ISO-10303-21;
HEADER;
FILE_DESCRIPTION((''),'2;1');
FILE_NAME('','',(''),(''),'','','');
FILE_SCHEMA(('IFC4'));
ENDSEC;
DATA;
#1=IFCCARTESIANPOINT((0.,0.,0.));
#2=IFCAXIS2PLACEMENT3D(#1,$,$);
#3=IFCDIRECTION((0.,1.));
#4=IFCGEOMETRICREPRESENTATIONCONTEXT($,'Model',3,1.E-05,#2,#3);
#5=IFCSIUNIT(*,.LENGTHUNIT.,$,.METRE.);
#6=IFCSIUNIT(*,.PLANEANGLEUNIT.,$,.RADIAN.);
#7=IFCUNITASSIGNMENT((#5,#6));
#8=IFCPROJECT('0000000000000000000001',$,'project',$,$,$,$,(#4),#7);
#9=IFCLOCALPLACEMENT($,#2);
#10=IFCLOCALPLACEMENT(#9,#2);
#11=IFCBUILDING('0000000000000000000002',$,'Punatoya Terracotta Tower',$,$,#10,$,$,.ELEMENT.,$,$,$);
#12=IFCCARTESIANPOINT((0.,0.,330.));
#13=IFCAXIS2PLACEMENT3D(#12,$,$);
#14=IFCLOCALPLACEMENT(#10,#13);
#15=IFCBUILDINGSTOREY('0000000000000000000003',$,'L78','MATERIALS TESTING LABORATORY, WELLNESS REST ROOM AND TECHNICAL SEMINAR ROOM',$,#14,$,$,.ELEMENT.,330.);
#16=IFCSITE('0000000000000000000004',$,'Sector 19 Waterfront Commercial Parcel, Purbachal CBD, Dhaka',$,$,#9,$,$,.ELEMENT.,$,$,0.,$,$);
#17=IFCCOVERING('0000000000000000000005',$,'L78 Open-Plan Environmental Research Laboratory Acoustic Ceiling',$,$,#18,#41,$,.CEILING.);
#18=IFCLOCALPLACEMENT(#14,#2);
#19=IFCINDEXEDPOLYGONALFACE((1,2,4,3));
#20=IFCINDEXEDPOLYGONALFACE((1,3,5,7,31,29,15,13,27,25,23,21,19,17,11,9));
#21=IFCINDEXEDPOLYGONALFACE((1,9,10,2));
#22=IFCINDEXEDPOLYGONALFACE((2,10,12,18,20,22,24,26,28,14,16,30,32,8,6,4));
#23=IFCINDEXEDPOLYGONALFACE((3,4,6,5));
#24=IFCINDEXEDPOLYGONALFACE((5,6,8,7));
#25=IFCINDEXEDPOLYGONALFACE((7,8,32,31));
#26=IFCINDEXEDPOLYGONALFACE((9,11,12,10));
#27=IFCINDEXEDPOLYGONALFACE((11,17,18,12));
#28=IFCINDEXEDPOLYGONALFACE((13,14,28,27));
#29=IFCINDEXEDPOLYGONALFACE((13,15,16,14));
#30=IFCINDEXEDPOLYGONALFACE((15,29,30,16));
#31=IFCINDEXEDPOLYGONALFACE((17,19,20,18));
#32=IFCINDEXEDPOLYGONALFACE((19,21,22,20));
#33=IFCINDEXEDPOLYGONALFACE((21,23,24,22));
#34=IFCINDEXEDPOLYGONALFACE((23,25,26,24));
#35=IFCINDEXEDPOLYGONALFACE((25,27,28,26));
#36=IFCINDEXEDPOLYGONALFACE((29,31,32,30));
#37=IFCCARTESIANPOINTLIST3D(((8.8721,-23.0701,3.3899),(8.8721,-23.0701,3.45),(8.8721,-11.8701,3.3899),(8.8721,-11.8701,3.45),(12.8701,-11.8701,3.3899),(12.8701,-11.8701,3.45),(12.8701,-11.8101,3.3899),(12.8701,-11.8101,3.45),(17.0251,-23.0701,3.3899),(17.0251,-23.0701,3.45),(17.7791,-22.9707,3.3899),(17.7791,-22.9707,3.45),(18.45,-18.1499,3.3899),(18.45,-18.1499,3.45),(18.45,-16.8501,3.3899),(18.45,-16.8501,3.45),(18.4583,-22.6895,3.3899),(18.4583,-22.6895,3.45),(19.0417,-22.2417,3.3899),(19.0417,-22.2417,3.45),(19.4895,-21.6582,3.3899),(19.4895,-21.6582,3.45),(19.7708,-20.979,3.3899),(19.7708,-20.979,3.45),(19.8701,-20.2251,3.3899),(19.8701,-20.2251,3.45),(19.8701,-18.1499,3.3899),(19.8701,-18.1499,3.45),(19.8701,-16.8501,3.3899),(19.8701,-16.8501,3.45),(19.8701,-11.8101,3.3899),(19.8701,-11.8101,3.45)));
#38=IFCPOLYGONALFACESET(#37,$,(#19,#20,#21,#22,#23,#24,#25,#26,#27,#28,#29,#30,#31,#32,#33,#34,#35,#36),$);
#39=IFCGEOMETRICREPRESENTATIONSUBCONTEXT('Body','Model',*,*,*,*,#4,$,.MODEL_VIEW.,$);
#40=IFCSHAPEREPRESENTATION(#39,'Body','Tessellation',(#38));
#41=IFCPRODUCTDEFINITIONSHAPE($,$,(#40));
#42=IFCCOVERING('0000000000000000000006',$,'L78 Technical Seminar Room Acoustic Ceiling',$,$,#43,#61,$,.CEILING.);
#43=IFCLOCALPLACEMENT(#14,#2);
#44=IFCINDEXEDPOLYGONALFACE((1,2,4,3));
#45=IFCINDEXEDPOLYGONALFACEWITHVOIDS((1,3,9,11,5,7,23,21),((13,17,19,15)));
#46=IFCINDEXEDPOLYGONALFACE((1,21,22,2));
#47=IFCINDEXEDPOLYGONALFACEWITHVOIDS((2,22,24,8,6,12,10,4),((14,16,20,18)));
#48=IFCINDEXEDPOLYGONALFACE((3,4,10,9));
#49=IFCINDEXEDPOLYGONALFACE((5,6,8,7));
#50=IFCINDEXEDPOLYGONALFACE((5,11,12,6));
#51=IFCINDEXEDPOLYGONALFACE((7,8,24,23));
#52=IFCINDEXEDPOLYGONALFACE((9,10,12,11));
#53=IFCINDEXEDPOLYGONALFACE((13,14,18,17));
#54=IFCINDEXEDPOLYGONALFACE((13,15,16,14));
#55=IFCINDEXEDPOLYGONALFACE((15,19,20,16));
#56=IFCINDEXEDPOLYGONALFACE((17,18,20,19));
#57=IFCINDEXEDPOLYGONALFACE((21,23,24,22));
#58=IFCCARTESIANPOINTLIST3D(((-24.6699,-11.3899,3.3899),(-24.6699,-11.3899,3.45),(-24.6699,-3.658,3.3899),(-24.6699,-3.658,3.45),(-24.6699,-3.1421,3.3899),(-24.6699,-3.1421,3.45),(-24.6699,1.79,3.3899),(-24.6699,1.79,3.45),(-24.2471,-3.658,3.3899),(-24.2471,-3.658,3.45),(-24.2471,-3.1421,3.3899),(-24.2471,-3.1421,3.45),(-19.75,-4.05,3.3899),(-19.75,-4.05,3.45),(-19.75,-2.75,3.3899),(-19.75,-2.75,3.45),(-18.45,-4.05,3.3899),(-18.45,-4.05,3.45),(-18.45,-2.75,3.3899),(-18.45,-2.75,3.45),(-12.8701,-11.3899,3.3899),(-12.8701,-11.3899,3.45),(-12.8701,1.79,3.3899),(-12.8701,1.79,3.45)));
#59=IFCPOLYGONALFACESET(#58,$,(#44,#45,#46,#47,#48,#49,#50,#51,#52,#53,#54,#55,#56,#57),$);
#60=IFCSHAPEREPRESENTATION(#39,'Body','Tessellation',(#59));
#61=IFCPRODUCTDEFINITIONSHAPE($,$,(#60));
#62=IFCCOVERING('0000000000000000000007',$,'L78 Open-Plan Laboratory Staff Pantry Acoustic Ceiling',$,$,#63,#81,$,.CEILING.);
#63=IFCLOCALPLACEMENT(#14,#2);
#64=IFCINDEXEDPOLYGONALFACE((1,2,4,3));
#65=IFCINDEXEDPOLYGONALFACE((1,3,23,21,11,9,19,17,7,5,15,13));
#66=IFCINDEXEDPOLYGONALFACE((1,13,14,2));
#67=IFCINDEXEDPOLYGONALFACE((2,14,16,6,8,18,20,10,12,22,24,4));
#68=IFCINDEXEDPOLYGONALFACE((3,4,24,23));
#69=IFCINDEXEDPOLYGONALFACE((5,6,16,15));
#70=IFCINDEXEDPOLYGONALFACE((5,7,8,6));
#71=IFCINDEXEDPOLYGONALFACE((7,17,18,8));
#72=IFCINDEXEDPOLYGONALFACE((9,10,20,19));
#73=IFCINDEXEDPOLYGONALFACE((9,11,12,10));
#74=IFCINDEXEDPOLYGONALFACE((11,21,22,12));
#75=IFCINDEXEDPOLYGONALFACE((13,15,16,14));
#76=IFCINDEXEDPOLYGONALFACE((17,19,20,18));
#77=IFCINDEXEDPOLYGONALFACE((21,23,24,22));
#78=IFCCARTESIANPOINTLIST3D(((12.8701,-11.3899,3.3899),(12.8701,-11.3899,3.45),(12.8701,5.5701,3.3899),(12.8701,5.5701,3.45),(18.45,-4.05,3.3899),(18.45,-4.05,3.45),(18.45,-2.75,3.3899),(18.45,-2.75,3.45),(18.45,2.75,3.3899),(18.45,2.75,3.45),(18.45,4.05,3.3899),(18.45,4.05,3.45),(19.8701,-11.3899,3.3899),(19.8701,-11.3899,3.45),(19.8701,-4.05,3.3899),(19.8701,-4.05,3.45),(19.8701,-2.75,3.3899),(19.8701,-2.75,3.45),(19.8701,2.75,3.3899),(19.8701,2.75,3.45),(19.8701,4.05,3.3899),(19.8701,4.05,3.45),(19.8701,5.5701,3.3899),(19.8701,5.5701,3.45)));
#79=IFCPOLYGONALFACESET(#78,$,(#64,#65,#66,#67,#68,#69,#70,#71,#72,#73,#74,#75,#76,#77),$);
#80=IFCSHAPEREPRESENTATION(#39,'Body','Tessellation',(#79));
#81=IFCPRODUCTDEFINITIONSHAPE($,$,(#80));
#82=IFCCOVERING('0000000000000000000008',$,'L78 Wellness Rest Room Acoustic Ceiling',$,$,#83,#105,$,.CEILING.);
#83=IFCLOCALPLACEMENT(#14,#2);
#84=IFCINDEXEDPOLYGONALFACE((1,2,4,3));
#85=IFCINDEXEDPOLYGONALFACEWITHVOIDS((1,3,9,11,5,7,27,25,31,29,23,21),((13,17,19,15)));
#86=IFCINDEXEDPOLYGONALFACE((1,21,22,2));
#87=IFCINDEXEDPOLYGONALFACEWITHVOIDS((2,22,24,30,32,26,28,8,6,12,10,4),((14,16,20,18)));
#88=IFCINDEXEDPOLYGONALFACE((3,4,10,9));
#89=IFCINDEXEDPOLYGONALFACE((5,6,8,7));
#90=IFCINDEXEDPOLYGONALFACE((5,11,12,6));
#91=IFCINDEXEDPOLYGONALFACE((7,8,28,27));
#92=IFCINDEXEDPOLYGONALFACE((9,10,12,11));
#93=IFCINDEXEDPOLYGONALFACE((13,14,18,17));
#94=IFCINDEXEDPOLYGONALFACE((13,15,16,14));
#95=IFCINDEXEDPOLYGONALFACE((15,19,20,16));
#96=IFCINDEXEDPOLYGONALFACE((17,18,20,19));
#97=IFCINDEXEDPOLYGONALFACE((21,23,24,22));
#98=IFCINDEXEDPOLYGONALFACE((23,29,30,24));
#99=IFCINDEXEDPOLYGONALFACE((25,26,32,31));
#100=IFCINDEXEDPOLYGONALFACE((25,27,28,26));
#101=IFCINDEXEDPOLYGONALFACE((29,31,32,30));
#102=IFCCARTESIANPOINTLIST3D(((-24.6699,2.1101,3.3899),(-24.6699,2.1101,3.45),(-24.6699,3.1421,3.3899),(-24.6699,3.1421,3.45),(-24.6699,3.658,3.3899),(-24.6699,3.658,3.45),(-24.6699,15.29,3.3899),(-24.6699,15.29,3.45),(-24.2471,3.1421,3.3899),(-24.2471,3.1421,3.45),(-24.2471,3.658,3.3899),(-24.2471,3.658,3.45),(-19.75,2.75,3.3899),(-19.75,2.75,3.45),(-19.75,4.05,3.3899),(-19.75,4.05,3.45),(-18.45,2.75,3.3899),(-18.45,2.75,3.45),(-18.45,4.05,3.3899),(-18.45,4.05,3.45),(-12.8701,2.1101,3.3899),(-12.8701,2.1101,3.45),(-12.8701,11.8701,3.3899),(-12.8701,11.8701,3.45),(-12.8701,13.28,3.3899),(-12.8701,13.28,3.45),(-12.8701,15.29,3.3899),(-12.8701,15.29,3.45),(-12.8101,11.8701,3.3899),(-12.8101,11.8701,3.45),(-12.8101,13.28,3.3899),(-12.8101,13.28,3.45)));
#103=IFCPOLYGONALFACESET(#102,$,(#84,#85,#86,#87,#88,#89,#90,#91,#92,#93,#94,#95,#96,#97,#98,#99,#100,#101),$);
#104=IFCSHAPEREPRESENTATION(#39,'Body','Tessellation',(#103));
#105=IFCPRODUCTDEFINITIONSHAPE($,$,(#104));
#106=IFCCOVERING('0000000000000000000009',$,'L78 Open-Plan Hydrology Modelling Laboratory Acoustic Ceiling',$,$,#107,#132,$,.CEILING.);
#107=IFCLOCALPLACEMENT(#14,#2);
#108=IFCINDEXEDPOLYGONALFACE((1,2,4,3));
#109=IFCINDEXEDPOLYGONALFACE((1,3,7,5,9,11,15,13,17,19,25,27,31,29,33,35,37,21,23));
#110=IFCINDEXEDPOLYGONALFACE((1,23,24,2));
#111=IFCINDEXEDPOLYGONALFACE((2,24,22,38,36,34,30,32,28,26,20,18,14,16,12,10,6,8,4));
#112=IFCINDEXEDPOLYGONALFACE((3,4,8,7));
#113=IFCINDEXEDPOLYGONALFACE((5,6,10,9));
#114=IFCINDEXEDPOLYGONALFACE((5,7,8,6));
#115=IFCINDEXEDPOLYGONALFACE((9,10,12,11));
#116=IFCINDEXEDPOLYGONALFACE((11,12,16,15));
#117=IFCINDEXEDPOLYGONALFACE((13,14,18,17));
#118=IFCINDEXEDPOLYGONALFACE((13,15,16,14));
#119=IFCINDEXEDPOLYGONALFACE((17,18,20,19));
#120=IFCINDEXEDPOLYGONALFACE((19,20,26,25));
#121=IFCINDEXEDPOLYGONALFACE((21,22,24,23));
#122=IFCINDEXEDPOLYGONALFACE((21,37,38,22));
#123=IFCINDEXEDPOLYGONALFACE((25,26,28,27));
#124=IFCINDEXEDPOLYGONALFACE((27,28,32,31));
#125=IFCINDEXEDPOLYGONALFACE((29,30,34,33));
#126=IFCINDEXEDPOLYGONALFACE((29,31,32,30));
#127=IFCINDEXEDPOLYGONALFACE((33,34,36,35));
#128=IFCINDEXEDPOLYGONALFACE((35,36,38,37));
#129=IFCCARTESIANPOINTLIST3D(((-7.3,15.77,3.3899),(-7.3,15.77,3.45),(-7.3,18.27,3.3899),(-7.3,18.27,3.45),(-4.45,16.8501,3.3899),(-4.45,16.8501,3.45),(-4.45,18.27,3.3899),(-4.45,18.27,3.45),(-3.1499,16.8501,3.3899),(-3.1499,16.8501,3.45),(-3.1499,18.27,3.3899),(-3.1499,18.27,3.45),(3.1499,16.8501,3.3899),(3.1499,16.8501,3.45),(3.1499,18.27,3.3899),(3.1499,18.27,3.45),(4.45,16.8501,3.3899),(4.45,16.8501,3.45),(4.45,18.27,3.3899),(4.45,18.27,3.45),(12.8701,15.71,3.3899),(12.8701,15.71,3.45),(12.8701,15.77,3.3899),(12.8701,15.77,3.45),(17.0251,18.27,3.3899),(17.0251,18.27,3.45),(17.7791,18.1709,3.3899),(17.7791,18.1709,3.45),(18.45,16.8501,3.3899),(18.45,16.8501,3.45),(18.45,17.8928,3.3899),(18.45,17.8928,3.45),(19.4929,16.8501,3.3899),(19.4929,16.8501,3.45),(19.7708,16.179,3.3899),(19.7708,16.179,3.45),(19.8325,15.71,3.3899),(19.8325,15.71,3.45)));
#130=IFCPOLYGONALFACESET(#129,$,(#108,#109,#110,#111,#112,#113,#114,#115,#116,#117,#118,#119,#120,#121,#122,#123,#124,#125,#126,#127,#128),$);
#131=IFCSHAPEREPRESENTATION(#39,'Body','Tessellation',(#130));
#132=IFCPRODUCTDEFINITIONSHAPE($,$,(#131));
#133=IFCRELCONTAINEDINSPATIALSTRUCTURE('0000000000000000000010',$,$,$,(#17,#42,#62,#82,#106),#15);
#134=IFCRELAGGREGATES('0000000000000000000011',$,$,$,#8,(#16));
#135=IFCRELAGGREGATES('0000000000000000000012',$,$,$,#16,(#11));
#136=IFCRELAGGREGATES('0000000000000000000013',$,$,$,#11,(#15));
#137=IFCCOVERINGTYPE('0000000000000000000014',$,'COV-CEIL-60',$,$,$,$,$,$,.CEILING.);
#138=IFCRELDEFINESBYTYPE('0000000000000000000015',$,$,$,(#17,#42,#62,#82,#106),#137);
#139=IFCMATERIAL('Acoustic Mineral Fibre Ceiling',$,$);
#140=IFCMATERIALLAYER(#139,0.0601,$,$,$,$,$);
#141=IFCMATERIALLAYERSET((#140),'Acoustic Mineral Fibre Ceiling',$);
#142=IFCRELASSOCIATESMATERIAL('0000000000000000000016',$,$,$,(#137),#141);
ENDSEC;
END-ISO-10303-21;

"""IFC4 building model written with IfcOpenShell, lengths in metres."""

from ifc_helpers import new_model, si_unit, direction, frame, origin, place, context, subcontext, project, spatial, polyline, outline, extrude, material, layer, layer_set, type_object, element, save


model = new_model("IFC4")

# Units and contexts
model_context = context("Model", 3, precision=1e-05, world=origin(), true_north=direction((0.0, 1.0)))
body_context = subcontext(model_context, "Body", "Model", "MODEL_VIEW")
ifc_project = project(units=[si_unit("LENGTHUNIT", "METRE"), si_unit("PLANEANGLEUNIT", "RADIAN")], contexts=[model_context])

# Site, building, storey
site_placement = place(None, origin())
site = spatial("IfcSite", under=ifc_project, at=site_placement, Name="Sector 19 Waterfront Commercial Parcel, Purbachal CBD, Dhaka", CompositionType="ELEMENT", RefElevation=0.0)
building_placement = place(site_placement, origin())
building = spatial("IfcBuilding", under=site, at=building_placement, Name="Punatoya Terracotta Tower", CompositionType="ELEMENT")
storey_placement = place(building_placement, frame((0.0, 0.0, 330.0)))
storey = spatial("IfcBuildingStorey", under=building, at=storey_placement, Name="L78", Description="MATERIALS TESTING LABORATORY, WELLNESS REST ROOM AND TECHNICAL SEMINAR ROOM", CompositionType="ELEMENT", Elevation=330.0)

# Coverings
ifc_material_1 = material(Name="Acoustic Mineral Fibre Ceiling")
ifc_layer_1 = layer(ifc_material_1, 0.0601)
ifc_layer_set_1 = layer_set([ifc_layer_1], Name="Acoustic Mineral Fibre Ceiling")
covering_type = type_object("IfcCoveringType", Name="COV-CEIL-60", PredefinedType="CEILING", material=ifc_layer_set_1)
covering_1_placement = place(storey_placement, frame((0.0, 0.0, 3.3899)))
element("IfcCovering", 1, at=covering_1_placement, inside=storey, type_object=covering_type, Name="L78 Open-Plan Environmental Research Laboratory Acoustic Ceiling", PredefinedType="CEILING", context=body_context, shape_type="SweptSolid", body=[
    extrude(outline(polyline([(12.8701, -11.8701), (8.8721, -11.8701), (8.8721, -23.0701), (17.0251, -23.0701), (17.7791, -22.9707), (18.4583, -22.6895), (19.0417, -22.2417), (19.4895, -21.6582), (19.7708, -20.979), (19.8701, -20.2251), (19.8701, -18.1499), (18.45, -18.1499), (18.45, -16.8501), (19.8701, -16.8501), (19.8701, -11.8101), (12.8701, -11.8101), (12.8701, -11.8701)])), origin(), (0.0, 0.0, 1.0), 0.0601),
])
covering_2_placement = place(storey_placement, frame((0.0, 0.0, 3.3899)))
element("IfcCovering", 2, at=covering_2_placement, inside=storey, type_object=covering_type, Name="L78 Technical Seminar Room Acoustic Ceiling", PredefinedType="CEILING", context=body_context, shape_type="SweptSolid", body=[
    extrude(outline(polyline([(-24.6699, -3.658), (-24.6699, -11.3899), (-12.8701, -11.3899), (-12.8701, 1.79), (-24.6699, 1.79), (-24.6699, -3.1421), (-24.2471, -3.1421), (-24.2471, -3.658), (-24.6699, -3.658)]), holes=[polyline([(-18.45, -4.05), (-19.75, -4.05), (-19.75, -2.75), (-18.45, -2.75), (-18.45, -4.05)])]), origin(), (0.0, 0.0, 1.0), 0.0601),
])
covering_3_placement = place(storey_placement, frame((0.0, 0.0, 3.3899)))
element("IfcCovering", 3, at=covering_3_placement, inside=storey, type_object=covering_type, Name="L78 Open-Plan Laboratory Staff Pantry Acoustic Ceiling", PredefinedType="CEILING", context=body_context, shape_type="SweptSolid", body=[
    extrude(outline(polyline([(18.45, -4.05), (18.45, -2.75), (19.8701, -2.75), (19.8701, 2.75), (18.45, 2.75), (18.45, 4.05), (19.8701, 4.05), (19.8701, 5.5701), (12.8701, 5.5701), (12.8701, -11.3899), (19.8701, -11.3899), (19.8701, -4.05), (18.45, -4.05)])), origin(), (0.0, 0.0, 1.0), 0.0601),
])
covering_4_placement = place(storey_placement, frame((0.0, 0.0, 3.3899)))
element("IfcCovering", 4, at=covering_4_placement, inside=storey, type_object=covering_type, Name="L78 Wellness Rest Room Acoustic Ceiling", PredefinedType="CEILING", context=body_context, shape_type="SweptSolid", body=[
    extrude(outline(polyline([(-12.8701, 11.8701), (-12.8101, 11.8701), (-12.8101, 13.28), (-12.8701, 13.28), (-12.8701, 15.29), (-24.6699, 15.29), (-24.6699, 3.658), (-24.2471, 3.658), (-24.2471, 3.1421), (-24.6699, 3.1421), (-24.6699, 2.1101), (-12.8701, 2.1101), (-12.8701, 11.8701)]), holes=[polyline([(-18.45, 4.05), (-18.45, 2.75), (-19.75, 2.75), (-19.75, 4.05), (-18.45, 4.05)])]), origin(), (0.0, 0.0, 1.0), 0.0601),
])
covering_5_placement = place(storey_placement, frame((0.0, 0.0, 3.3899)))
element("IfcCovering", 5, at=covering_5_placement, inside=storey, type_object=covering_type, Name="L78 Open-Plan Hydrology Modelling Laboratory Acoustic Ceiling", PredefinedType="CEILING", context=body_context, shape_type="SweptSolid", body=[
    extrude(outline(polyline([(-4.45, 16.8501), (-4.45, 18.27), (-7.3, 18.27), (-7.3, 15.77), (12.8701, 15.77), (12.8701, 15.71), (19.8325, 15.71), (19.7708, 16.179), (19.4929, 16.8501), (18.45, 16.8501), (18.45, 17.8928), (17.7791, 18.1709), (17.0251, 18.27), (4.45, 18.27), (4.45, 16.8501), (3.1499, 16.8501), (3.1499, 18.27), (-3.1499, 18.27), (-3.1499, 16.8501), (-4.45, 16.8501)])), origin(), (0.0, 0.0, 1.0), 0.0601),
])

save(model, "model.ifc")
